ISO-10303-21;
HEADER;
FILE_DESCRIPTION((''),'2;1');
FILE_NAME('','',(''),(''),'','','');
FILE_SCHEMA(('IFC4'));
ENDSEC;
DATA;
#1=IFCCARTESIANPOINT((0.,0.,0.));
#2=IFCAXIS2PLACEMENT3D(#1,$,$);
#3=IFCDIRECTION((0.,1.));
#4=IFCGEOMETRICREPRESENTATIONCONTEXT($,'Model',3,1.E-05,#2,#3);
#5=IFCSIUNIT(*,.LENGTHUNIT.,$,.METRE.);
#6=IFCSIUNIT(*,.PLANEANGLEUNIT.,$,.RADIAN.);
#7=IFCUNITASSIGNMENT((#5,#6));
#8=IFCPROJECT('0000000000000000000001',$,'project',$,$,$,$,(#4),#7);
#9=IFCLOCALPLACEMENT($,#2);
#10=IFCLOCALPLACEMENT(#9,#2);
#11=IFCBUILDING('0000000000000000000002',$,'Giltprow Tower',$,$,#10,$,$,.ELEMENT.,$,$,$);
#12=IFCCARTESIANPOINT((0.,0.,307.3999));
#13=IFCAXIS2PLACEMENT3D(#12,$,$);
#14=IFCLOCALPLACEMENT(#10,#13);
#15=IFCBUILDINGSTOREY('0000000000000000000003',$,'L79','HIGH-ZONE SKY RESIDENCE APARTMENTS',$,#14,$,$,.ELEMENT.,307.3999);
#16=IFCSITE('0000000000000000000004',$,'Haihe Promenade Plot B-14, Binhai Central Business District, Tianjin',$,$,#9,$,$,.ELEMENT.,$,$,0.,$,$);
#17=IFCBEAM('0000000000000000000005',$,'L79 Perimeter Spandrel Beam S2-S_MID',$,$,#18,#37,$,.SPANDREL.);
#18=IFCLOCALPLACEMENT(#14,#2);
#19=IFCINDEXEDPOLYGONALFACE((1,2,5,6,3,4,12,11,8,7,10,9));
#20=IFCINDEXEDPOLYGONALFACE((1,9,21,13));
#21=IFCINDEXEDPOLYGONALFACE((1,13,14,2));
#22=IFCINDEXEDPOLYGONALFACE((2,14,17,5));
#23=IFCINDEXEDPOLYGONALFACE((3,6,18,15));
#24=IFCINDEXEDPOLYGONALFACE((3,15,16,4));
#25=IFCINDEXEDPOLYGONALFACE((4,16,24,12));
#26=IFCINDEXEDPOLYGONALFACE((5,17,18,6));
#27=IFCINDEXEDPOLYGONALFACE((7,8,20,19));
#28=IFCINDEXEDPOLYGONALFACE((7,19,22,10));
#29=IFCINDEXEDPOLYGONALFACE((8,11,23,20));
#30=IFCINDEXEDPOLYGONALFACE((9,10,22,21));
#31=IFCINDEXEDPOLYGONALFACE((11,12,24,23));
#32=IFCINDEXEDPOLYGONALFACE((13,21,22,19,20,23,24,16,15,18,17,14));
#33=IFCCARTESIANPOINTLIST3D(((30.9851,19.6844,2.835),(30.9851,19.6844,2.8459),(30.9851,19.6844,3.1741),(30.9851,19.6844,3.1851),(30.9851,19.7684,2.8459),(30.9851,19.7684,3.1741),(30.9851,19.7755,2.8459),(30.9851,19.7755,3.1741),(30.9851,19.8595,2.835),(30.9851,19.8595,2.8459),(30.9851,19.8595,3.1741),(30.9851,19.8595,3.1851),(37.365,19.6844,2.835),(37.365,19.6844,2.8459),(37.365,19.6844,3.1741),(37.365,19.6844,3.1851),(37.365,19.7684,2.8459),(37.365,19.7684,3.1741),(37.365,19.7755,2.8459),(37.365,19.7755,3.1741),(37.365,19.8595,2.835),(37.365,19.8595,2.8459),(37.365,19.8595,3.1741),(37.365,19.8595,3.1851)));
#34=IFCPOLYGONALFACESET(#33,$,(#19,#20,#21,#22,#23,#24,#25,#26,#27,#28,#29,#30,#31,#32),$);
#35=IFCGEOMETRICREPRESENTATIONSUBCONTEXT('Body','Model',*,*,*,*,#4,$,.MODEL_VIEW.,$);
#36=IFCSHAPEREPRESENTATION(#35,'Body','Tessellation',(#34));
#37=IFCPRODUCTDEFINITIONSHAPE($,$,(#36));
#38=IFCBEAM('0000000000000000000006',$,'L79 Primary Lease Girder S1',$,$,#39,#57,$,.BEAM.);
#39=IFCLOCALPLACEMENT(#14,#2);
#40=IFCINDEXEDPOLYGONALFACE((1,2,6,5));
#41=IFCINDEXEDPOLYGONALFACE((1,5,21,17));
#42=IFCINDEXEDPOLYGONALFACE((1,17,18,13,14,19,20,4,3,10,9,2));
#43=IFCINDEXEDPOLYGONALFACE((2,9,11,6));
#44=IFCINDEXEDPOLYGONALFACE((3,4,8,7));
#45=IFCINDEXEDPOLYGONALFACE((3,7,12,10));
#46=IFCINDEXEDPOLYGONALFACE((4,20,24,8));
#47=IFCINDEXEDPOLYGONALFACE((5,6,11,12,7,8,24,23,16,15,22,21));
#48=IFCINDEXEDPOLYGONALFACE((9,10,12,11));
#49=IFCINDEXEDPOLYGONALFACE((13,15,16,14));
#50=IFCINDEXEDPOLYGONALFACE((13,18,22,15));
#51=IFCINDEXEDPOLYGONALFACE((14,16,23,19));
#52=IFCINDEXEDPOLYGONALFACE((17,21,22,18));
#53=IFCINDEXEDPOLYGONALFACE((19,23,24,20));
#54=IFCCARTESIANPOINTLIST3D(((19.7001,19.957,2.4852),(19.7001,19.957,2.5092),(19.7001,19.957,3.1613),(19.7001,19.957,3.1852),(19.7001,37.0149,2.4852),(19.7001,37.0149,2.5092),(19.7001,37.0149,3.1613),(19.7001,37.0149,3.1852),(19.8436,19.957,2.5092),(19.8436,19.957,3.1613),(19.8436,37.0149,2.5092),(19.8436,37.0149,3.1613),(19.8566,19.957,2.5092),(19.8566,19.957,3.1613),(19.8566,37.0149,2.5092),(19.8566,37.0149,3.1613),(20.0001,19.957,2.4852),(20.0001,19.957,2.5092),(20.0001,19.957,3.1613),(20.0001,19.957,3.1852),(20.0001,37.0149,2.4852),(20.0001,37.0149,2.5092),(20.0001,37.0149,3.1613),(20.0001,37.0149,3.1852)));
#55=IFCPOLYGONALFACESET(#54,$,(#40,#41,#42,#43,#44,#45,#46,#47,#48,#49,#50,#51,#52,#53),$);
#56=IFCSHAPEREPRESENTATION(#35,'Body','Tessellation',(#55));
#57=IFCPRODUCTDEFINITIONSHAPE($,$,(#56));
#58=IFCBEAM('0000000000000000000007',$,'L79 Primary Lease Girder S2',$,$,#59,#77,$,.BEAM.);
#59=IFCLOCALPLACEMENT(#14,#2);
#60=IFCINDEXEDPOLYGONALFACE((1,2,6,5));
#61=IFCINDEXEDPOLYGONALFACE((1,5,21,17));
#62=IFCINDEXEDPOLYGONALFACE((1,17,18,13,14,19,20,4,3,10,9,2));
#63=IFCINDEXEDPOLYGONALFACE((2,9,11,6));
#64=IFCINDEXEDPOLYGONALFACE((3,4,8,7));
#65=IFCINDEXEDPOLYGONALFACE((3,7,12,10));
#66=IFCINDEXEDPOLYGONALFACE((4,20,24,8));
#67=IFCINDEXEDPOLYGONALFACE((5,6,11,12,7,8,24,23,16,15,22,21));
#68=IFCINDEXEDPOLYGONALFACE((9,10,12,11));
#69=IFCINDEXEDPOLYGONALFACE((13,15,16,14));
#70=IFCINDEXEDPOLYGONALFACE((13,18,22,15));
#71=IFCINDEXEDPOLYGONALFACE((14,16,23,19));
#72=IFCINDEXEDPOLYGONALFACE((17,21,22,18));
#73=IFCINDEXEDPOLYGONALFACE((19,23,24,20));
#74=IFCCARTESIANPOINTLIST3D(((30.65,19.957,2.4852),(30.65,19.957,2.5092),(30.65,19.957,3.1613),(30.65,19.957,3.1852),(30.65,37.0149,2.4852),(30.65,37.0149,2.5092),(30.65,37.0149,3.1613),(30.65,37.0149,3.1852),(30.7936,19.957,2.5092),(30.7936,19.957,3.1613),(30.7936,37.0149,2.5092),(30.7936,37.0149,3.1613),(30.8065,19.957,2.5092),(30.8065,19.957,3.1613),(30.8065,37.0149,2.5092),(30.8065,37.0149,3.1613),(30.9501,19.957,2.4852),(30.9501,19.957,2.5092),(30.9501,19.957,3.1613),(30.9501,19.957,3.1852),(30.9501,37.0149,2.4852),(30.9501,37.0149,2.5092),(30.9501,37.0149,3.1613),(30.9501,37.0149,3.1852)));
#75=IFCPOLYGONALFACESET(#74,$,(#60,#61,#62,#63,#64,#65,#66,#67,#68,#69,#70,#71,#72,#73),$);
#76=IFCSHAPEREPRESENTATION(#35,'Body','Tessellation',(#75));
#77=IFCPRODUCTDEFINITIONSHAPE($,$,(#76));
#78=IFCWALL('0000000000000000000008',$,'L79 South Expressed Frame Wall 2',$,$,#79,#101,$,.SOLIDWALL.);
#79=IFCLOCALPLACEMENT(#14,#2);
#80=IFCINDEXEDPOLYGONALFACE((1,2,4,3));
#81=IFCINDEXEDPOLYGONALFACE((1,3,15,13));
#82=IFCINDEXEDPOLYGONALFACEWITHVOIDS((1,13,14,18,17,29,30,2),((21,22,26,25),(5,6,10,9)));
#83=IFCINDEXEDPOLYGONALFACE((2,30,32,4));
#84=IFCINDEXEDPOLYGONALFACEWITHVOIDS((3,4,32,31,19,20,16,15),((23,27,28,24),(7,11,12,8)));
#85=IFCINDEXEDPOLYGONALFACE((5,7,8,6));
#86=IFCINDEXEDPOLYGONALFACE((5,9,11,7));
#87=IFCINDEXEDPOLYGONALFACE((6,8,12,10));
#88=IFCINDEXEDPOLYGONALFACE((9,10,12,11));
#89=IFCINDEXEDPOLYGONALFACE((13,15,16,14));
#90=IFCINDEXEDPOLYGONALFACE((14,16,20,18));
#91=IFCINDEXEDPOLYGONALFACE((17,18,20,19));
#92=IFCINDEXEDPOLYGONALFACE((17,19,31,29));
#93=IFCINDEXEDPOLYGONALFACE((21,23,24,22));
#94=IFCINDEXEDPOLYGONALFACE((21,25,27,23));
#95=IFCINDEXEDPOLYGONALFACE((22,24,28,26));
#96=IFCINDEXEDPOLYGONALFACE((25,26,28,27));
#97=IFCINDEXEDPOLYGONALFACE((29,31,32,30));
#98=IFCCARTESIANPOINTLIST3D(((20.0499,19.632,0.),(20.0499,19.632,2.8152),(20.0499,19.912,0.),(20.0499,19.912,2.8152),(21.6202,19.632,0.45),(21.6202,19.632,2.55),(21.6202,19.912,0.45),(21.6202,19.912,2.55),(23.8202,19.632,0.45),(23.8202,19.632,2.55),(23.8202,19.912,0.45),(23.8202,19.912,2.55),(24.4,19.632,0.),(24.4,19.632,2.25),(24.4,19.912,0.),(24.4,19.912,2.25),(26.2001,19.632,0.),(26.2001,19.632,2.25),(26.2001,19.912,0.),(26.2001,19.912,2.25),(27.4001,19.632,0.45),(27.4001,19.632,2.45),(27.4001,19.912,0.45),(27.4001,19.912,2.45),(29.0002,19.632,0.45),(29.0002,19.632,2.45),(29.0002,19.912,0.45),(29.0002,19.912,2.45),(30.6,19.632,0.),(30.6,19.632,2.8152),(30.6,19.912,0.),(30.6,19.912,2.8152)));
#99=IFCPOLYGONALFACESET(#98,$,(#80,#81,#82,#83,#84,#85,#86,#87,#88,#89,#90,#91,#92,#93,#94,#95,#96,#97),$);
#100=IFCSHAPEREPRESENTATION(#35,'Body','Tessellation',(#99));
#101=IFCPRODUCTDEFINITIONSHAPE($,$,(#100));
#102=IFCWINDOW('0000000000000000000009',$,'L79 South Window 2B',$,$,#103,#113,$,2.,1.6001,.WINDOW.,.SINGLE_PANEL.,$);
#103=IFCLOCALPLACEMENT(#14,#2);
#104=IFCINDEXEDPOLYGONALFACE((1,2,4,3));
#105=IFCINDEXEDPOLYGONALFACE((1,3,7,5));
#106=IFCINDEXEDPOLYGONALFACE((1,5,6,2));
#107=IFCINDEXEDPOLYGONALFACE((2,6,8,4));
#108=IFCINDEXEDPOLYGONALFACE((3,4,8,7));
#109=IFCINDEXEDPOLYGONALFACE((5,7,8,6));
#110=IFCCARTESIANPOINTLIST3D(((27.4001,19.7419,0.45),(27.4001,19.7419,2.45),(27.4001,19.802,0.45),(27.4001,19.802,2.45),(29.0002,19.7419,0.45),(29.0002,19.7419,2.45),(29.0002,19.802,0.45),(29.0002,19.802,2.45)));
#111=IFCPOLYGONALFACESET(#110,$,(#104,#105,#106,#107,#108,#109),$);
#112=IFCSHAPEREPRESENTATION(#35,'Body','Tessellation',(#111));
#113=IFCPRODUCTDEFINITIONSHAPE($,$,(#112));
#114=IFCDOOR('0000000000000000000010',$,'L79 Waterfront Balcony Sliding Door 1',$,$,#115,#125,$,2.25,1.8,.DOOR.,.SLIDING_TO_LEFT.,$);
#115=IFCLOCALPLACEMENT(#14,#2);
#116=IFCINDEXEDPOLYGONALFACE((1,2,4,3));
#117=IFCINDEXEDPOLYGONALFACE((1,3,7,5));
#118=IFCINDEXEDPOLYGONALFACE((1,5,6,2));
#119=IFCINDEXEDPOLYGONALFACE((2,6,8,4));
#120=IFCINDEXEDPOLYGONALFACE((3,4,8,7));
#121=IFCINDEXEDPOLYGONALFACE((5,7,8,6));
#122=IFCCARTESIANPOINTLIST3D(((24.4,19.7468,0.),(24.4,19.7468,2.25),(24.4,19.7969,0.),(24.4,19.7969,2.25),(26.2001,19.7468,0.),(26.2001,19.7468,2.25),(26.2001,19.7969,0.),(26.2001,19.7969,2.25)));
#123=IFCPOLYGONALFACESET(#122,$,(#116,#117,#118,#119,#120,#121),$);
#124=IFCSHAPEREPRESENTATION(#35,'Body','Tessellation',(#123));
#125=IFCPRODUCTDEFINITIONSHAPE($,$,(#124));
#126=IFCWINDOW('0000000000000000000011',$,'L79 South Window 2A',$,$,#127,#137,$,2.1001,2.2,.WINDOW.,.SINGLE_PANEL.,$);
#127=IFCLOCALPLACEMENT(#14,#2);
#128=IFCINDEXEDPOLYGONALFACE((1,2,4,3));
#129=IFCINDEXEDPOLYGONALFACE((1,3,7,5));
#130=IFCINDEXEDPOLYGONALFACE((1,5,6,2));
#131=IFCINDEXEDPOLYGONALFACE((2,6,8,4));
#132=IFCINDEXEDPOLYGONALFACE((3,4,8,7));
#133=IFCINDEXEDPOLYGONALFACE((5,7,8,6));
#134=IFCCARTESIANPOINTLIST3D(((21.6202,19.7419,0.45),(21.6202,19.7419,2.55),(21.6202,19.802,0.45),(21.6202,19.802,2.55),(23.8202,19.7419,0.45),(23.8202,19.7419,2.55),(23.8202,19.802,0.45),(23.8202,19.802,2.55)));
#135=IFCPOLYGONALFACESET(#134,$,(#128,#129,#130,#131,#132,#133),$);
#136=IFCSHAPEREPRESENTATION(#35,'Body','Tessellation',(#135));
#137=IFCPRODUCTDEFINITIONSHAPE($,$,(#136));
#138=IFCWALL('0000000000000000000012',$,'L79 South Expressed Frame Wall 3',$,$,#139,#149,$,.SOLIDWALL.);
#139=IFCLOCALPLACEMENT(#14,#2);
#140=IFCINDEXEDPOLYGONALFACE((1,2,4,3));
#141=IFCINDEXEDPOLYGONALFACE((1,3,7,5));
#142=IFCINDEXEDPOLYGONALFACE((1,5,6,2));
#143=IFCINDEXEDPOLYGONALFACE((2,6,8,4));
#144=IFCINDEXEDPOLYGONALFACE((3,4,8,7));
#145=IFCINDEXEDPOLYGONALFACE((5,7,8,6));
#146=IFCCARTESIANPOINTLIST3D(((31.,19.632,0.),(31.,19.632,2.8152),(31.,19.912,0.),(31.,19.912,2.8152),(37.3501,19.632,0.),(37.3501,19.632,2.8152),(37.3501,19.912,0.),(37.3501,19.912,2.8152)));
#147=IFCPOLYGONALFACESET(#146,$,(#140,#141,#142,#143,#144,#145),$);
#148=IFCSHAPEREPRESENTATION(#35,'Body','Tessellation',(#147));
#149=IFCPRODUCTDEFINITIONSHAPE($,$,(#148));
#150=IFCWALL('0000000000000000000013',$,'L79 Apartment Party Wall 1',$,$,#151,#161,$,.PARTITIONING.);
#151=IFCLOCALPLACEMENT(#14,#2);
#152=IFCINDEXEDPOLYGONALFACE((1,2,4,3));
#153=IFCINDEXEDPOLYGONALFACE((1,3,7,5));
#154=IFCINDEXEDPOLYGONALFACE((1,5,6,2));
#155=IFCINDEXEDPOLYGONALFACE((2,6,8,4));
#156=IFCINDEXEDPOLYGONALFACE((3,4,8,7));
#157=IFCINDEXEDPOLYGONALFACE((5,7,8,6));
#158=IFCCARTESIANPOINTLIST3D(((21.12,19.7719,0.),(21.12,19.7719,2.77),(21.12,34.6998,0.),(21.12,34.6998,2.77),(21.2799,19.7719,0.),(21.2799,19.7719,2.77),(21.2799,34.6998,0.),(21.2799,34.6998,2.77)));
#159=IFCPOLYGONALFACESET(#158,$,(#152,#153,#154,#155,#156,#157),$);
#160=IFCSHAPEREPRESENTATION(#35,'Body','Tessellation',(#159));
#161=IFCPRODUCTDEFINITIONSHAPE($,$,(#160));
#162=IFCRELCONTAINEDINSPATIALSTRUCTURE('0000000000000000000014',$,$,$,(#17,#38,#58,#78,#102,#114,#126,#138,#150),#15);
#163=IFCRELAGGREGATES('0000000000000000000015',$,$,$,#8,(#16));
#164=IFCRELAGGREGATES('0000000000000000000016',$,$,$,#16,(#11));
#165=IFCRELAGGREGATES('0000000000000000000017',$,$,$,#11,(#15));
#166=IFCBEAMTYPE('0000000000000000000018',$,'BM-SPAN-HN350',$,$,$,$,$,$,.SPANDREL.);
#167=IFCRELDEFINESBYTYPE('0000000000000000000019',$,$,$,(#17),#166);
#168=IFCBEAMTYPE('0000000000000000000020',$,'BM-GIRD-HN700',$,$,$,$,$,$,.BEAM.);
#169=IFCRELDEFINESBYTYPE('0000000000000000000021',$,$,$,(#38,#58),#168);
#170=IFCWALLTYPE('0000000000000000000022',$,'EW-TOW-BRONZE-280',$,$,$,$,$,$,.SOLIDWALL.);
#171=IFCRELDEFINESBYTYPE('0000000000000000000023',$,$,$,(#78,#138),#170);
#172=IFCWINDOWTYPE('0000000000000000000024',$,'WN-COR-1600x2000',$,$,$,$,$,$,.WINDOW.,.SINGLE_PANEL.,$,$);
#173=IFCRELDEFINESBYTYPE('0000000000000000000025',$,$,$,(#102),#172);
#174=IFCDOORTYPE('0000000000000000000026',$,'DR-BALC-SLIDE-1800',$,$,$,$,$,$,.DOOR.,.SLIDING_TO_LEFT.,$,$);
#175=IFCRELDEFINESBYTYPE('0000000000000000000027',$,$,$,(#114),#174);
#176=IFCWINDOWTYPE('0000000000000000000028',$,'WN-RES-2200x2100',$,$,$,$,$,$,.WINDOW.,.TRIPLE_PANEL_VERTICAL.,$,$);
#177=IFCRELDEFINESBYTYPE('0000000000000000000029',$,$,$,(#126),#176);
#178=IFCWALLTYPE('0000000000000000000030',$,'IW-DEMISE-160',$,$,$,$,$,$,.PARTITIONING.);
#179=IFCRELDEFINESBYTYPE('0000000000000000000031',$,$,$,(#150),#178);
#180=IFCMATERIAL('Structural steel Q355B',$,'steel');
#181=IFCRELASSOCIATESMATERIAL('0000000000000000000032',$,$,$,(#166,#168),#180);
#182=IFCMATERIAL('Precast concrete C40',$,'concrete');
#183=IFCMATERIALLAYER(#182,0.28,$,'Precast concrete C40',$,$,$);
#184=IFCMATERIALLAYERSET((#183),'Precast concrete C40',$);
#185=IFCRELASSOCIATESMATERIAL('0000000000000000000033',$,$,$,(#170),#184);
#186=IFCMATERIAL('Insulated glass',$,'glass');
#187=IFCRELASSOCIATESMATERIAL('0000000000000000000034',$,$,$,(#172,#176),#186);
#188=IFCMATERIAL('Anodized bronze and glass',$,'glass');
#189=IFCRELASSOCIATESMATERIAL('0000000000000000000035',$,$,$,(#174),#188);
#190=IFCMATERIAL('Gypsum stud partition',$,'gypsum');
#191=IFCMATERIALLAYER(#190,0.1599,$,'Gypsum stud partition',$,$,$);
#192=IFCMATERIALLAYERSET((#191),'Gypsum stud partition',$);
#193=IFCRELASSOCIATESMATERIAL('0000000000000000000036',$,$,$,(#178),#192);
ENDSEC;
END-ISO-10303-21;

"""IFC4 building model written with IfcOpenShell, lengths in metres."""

from ifc_helpers import new_model, si_unit, direction, frame, frame_2d, origin, origin_2d, place, context, subcontext, project, spatial, rectangle, i_section, extrude, source, transform, mapped, material, layer, layer_set, material_profile, profile_set, type_object, element, fill, save


model = new_model("IFC4")

# Units and contexts
model_context = context("Model", 3, precision=1e-05, world=origin(), true_north=direction((0.0, 1.0)))
body_context = subcontext(model_context, "Body", "Model", "MODEL_VIEW")
ifc_project = project(units=[si_unit("LENGTHUNIT", "METRE"), si_unit("PLANEANGLEUNIT", "RADIAN")], contexts=[model_context])

# Site, building, storey
site_placement = place(None, origin())
site = spatial("IfcSite", under=ifc_project, at=site_placement, Name="Haihe Promenade Plot B-14, Binhai Central Business District, Tianjin", CompositionType="ELEMENT", RefElevation=0.0)
building_placement = place(site_placement, origin())
building = spatial("IfcBuilding", under=site, at=building_placement, Name="Giltprow Tower", CompositionType="ELEMENT")
storey_placement = place(building_placement, frame((0.0, 0.0, 307.3999)))
storey = spatial("IfcBuildingStorey", under=building, at=storey_placement, Name="L79", Description="HIGH-ZONE SKY RESIDENCE APARTMENTS", CompositionType="ELEMENT", Elevation=307.3999)

# Shared definitions
ifc_material_1 = material(Name="Structural steel Q355B", Category="steel")

# Beams
ifc_material_profile_1 = material_profile(ifc_material_1, i_section(OverallWidth=0.175, OverallDepth=0.3501, WebThickness=0.0071, FlangeThickness=0.011, at=origin_2d()), Name="HN 350x175x7x11")
ifc_profile_set_1 = profile_set([ifc_material_profile_1], Name="Structural steel Q355B")
beam_type_1 = type_object("IfcBeamType", Name="BM-SPAN-HN350", PredefinedType="SPANDREL", material=ifc_profile_set_1)
shared_shape_1 = source(origin(), body_context, "Body", "SweptSolid", [
    extrude(i_section(OverallWidth=0.175, OverallDepth=0.3501, WebThickness=0.0071, FlangeThickness=0.011, at=origin_2d()), origin(), (0.0, 0.0, 1.0), 6.3799),
])
beam_1_placement = place(storey_placement, frame((30.9851, 19.772, 3.01), z_axis=(1.0, 0.0, 0.0), x_axis=(0.0, 1.0, 0.0)))
element("IfcBeam", 1, at=beam_1_placement, inside=storey, type_object=beam_type_1, Name="L79 Perimeter Spandrel Beam S2-S_MID", PredefinedType="SPANDREL", context=body_context, shape_type="MappedRepresentation", body=[
    mapped(shared_shape_1, transform((0.0, 0.0, 0.0), x_axis=(1.0, 0.0, 0.0), y_axis=(0.0, 1.0, 0.0), z_axis=(0.0, 0.0, 1.0), scale=1.0)),
])
ifc_material_profile_2 = material_profile(ifc_material_1, i_section(OverallWidth=0.3, OverallDepth=0.7, WebThickness=0.0129, FlangeThickness=0.0239, at=origin_2d()), Name="HN 700x300x13x24")
ifc_profile_set_2 = profile_set([ifc_material_profile_2], Name="Structural steel Q355B")
beam_type_2 = type_object("IfcBeamType", Name="BM-GIRD-HN700", PredefinedType="BEAM", material=ifc_profile_set_2)
shared_shape_2 = source(origin(), body_context, "Body", "SweptSolid", [
    extrude(i_section(OverallWidth=0.3, OverallDepth=0.7, WebThickness=0.0129, FlangeThickness=0.0239, at=origin_2d()), origin(), (0.0, 0.0, 1.0), 17.0579),
])
for number, where, z_axis, x_axis, name in (
    (2, (19.8501, 19.957, 2.8352), (0.0, 1.0, 0.0), (-1.0, 0.0, 0.0), "L79 Primary Lease Girder S1"),
    (3, (30.8, 19.957, 2.8352), (0.0, 1.0, 0.0), (-1.0, 0.0, 0.0), "L79 Primary Lease Girder S2"),
):
    element("IfcBeam", number, at=place(storey_placement, frame(where, z_axis=z_axis, x_axis=x_axis)), inside=storey, type_object=beam_type_2, Name=name, PredefinedType="BEAM", context=body_context, shape_type="MappedRepresentation", body=[
        mapped(shared_shape_2, transform((0.0, 0.0, 0.0), x_axis=(1.0, 0.0, 0.0), y_axis=(0.0, 1.0, 0.0), z_axis=(0.0, 0.0, 1.0), scale=1.0)),
    ])

# Wall, openings, windows, door
ifc_material_2 = material(Name="Precast concrete C40", Category="concrete")
ifc_layer_1 = layer(ifc_material_2, 0.28, Name="Precast concrete C40")
ifc_layer_set_1 = layer_set([ifc_layer_1], Name="Precast concrete C40")
wall_type_1 = type_object("IfcWallType", Name="EW-TOW-BRONZE-280", PredefinedType="SOLIDWALL", material=ifc_layer_set_1)
wall_1_placement = place(storey_placement, frame((20.05, 19.772, 0.0), z_axis=(0.0, 0.0, 1.0), x_axis=(1.0, 0.0, 0.0)))
wall_1 = element("IfcWall", 4, at=wall_1_placement, inside=storey, type_object=wall_type_1, Name="L79 South Expressed Frame Wall 2", PredefinedType="SOLIDWALL", context=body_context, shape_type="SweptSolid", body=[
    extrude(rectangle(XDim=10.55, YDim=0.28, at=frame_2d((5.2749, 0.0))), origin(), (0.0, 0.0, 1.0), 2.8152),
])
opening_1_placement = place(wall_1_placement, frame((4.3501, 0.0, 0.0)))
opening_1 = element("IfcOpeningElement", 5, at=opening_1_placement, cuts=wall_1, PredefinedType="OPENING", context=body_context, shape_type="SweptSolid", body=[
    extrude(rectangle(XDim=1.8, YDim=2.25, at=frame_2d((0.8999, 1.125))), frame((0.0, 0.1499, 0.0), z_axis=(0.0, -1.0, 0.0), x_axis=(1.0, 0.0, 0.0)), (0.0, 0.0, 1.0), 0.3),
])
opening_2_placement = place(wall_1_placement, frame((1.5701, 0.0, 0.45)))
opening_2 = element("IfcOpeningElement", 6, at=opening_2_placement, cuts=wall_1, PredefinedType="OPENING", context=body_context, shape_type="SweptSolid", body=[
    extrude(rectangle(XDim=2.2, YDim=2.1001, at=frame_2d((1.1001, 1.05))), frame((0.0, 0.1499, 0.0), z_axis=(0.0, -1.0, 0.0), x_axis=(1.0, 0.0, 0.0)), (0.0, 0.0, 1.0), 0.3),
])
opening_3_placement = place(wall_1_placement, frame((7.3501, 0.0, 0.45)))
opening_3 = element("IfcOpeningElement", 7, at=opening_3_placement, cuts=wall_1, PredefinedType="OPENING", context=body_context, shape_type="SweptSolid", body=[
    extrude(rectangle(XDim=1.6001, YDim=2.0, at=frame_2d((0.8, 1.0))), frame((0.0, 0.1499, 0.0), z_axis=(0.0, -1.0, 0.0), x_axis=(1.0, 0.0, 0.0)), (0.0, 0.0, 1.0), 0.3),
])
ifc_material_3 = material(Name="Insulated glass", Category="glass")
window_type_1 = type_object("IfcWindowType", Name="WN-COR-1600x2000", PartitioningType="SINGLE_PANEL", PredefinedType="WINDOW", material=ifc_material_3)
shared_shape_3 = source(origin(), body_context, "Body", "SweptSolid", [
    extrude(rectangle(XDim=1.6001, YDim=2.0, at=frame_2d((0.8, 1.0))), frame((0.0, 0.03, 0.0), z_axis=(0.0, -1.0, 0.0), x_axis=(1.0, 0.0, 0.0)), (0.0, 0.0, 1.0), 0.0601),
])
window_1_placement = place(opening_3_placement, origin())
window_1 = element("IfcWindow", 8, at=window_1_placement, inside=storey, type_object=window_type_1, Name="L79 South Window 2B", OverallHeight=2.0, OverallWidth=1.6001, PartitioningType="SINGLE_PANEL", PredefinedType="WINDOW", context=body_context, shape_type="MappedRepresentation", body=[
    mapped(shared_shape_3, transform((0.0, 0.0, 0.0), x_axis=(1.0, 0.0, 0.0), y_axis=(0.0, 1.0, 0.0), z_axis=(0.0, 0.0, 1.0), scale=1.0)),
])
fill(opening_3, window_1)
ifc_material_4 = material(Name="Anodized bronze and glass", Category="glass")
door_type_1 = type_object("IfcDoorType", Name="DR-BALC-SLIDE-1800", OperationType="SLIDING_TO_LEFT", PredefinedType="DOOR", material=ifc_material_4)
shared_shape_4 = source(origin(), body_context, "Body", "SweptSolid", [
    extrude(rectangle(XDim=1.8, YDim=2.25, at=frame_2d((0.8999, 1.125))), frame((0.0, 0.0249, 0.0), z_axis=(0.0, -1.0, 0.0), x_axis=(1.0, 0.0, 0.0)), (0.0, 0.0, 1.0), 0.05),
])
door_1_placement = place(opening_1_placement, origin())
door_1 = element("IfcDoor", 9, at=door_1_placement, inside=storey, type_object=door_type_1, Name="L79 Waterfront Balcony Sliding Door 1", OperationType="SLIDING_TO_LEFT", OverallHeight=2.25, OverallWidth=1.8, PredefinedType="DOOR", context=body_context, shape_type="MappedRepresentation", body=[
    mapped(shared_shape_4, transform((0.0, 0.0, 0.0), x_axis=(1.0, 0.0, 0.0), y_axis=(0.0, 1.0, 0.0), z_axis=(0.0, 0.0, 1.0), scale=1.0)),
])
fill(opening_1, door_1)
window_type_2 = type_object("IfcWindowType", Name="WN-RES-2200x2100", PartitioningType="TRIPLE_PANEL_VERTICAL", PredefinedType="WINDOW", material=ifc_material_3)
shared_shape_5 = source(origin(), body_context, "Body", "SweptSolid", [
    extrude(rectangle(XDim=2.2, YDim=2.1001, at=frame_2d((1.1001, 1.05))), frame((0.0, 0.03, 0.0), z_axis=(0.0, -1.0, 0.0), x_axis=(1.0, 0.0, 0.0)), (0.0, 0.0, 1.0), 0.0601),
])
window_2_placement = place(opening_2_placement, origin())
window_2 = element("IfcWindow", 10, at=window_2_placement, inside=storey, type_object=window_type_2, Name="L79 South Window 2A", OverallHeight=2.1001, OverallWidth=2.2, PartitioningType="SINGLE_PANEL", PredefinedType="WINDOW", context=body_context, shape_type="MappedRepresentation", body=[
    mapped(shared_shape_5, transform((0.0, 0.0, 0.0), x_axis=(1.0, 0.0, 0.0), y_axis=(0.0, 1.0, 0.0), z_axis=(0.0, 0.0, 1.0), scale=1.0)),
])
fill(opening_2, window_2)

# Walls
wall_2_placement = place(storey_placement, frame((31.0, 19.772, 0.0), z_axis=(0.0, 0.0, 1.0), x_axis=(1.0, 0.0, 0.0)))
element("IfcWall", 11, at=wall_2_placement, inside=storey, type_object=wall_type_1, Name="L79 South Expressed Frame Wall 3", PredefinedType="SOLIDWALL", context=body_context, shape_type="SweptSolid", body=[
    extrude(rectangle(XDim=6.3501, YDim=0.28, at=frame_2d((3.175, 0.0))), origin(), (0.0, 0.0, 1.0), 2.8152),
])
ifc_material_5 = material(Name="Gypsum stud partition", Category="gypsum")
ifc_layer_2 = layer(ifc_material_5, 0.1599, Name="Gypsum stud partition")
ifc_layer_set_2 = layer_set([ifc_layer_2], Name="Gypsum stud partition")
wall_type_2 = type_object("IfcWallType", Name="IW-DEMISE-160", PredefinedType="PARTITIONING", material=ifc_layer_set_2)
wall_3_placement = place(storey_placement, frame((21.2, 19.772, 0.0), z_axis=(0.0, 0.0, 1.0), x_axis=(0.0, 1.0, 0.0)))
element("IfcWall", 12, at=wall_3_placement, inside=storey, type_object=wall_type_2, Name="L79 Apartment Party Wall 1", PredefinedType="PARTITIONING", context=body_context, shape_type="SweptSolid", body=[
    extrude(rectangle(XDim=14.928, YDim=0.1599, at=frame_2d((7.4639, 0.0))), origin(), (0.0, 0.0, 1.0), 2.77),
])

save(model, "model.ifc")
